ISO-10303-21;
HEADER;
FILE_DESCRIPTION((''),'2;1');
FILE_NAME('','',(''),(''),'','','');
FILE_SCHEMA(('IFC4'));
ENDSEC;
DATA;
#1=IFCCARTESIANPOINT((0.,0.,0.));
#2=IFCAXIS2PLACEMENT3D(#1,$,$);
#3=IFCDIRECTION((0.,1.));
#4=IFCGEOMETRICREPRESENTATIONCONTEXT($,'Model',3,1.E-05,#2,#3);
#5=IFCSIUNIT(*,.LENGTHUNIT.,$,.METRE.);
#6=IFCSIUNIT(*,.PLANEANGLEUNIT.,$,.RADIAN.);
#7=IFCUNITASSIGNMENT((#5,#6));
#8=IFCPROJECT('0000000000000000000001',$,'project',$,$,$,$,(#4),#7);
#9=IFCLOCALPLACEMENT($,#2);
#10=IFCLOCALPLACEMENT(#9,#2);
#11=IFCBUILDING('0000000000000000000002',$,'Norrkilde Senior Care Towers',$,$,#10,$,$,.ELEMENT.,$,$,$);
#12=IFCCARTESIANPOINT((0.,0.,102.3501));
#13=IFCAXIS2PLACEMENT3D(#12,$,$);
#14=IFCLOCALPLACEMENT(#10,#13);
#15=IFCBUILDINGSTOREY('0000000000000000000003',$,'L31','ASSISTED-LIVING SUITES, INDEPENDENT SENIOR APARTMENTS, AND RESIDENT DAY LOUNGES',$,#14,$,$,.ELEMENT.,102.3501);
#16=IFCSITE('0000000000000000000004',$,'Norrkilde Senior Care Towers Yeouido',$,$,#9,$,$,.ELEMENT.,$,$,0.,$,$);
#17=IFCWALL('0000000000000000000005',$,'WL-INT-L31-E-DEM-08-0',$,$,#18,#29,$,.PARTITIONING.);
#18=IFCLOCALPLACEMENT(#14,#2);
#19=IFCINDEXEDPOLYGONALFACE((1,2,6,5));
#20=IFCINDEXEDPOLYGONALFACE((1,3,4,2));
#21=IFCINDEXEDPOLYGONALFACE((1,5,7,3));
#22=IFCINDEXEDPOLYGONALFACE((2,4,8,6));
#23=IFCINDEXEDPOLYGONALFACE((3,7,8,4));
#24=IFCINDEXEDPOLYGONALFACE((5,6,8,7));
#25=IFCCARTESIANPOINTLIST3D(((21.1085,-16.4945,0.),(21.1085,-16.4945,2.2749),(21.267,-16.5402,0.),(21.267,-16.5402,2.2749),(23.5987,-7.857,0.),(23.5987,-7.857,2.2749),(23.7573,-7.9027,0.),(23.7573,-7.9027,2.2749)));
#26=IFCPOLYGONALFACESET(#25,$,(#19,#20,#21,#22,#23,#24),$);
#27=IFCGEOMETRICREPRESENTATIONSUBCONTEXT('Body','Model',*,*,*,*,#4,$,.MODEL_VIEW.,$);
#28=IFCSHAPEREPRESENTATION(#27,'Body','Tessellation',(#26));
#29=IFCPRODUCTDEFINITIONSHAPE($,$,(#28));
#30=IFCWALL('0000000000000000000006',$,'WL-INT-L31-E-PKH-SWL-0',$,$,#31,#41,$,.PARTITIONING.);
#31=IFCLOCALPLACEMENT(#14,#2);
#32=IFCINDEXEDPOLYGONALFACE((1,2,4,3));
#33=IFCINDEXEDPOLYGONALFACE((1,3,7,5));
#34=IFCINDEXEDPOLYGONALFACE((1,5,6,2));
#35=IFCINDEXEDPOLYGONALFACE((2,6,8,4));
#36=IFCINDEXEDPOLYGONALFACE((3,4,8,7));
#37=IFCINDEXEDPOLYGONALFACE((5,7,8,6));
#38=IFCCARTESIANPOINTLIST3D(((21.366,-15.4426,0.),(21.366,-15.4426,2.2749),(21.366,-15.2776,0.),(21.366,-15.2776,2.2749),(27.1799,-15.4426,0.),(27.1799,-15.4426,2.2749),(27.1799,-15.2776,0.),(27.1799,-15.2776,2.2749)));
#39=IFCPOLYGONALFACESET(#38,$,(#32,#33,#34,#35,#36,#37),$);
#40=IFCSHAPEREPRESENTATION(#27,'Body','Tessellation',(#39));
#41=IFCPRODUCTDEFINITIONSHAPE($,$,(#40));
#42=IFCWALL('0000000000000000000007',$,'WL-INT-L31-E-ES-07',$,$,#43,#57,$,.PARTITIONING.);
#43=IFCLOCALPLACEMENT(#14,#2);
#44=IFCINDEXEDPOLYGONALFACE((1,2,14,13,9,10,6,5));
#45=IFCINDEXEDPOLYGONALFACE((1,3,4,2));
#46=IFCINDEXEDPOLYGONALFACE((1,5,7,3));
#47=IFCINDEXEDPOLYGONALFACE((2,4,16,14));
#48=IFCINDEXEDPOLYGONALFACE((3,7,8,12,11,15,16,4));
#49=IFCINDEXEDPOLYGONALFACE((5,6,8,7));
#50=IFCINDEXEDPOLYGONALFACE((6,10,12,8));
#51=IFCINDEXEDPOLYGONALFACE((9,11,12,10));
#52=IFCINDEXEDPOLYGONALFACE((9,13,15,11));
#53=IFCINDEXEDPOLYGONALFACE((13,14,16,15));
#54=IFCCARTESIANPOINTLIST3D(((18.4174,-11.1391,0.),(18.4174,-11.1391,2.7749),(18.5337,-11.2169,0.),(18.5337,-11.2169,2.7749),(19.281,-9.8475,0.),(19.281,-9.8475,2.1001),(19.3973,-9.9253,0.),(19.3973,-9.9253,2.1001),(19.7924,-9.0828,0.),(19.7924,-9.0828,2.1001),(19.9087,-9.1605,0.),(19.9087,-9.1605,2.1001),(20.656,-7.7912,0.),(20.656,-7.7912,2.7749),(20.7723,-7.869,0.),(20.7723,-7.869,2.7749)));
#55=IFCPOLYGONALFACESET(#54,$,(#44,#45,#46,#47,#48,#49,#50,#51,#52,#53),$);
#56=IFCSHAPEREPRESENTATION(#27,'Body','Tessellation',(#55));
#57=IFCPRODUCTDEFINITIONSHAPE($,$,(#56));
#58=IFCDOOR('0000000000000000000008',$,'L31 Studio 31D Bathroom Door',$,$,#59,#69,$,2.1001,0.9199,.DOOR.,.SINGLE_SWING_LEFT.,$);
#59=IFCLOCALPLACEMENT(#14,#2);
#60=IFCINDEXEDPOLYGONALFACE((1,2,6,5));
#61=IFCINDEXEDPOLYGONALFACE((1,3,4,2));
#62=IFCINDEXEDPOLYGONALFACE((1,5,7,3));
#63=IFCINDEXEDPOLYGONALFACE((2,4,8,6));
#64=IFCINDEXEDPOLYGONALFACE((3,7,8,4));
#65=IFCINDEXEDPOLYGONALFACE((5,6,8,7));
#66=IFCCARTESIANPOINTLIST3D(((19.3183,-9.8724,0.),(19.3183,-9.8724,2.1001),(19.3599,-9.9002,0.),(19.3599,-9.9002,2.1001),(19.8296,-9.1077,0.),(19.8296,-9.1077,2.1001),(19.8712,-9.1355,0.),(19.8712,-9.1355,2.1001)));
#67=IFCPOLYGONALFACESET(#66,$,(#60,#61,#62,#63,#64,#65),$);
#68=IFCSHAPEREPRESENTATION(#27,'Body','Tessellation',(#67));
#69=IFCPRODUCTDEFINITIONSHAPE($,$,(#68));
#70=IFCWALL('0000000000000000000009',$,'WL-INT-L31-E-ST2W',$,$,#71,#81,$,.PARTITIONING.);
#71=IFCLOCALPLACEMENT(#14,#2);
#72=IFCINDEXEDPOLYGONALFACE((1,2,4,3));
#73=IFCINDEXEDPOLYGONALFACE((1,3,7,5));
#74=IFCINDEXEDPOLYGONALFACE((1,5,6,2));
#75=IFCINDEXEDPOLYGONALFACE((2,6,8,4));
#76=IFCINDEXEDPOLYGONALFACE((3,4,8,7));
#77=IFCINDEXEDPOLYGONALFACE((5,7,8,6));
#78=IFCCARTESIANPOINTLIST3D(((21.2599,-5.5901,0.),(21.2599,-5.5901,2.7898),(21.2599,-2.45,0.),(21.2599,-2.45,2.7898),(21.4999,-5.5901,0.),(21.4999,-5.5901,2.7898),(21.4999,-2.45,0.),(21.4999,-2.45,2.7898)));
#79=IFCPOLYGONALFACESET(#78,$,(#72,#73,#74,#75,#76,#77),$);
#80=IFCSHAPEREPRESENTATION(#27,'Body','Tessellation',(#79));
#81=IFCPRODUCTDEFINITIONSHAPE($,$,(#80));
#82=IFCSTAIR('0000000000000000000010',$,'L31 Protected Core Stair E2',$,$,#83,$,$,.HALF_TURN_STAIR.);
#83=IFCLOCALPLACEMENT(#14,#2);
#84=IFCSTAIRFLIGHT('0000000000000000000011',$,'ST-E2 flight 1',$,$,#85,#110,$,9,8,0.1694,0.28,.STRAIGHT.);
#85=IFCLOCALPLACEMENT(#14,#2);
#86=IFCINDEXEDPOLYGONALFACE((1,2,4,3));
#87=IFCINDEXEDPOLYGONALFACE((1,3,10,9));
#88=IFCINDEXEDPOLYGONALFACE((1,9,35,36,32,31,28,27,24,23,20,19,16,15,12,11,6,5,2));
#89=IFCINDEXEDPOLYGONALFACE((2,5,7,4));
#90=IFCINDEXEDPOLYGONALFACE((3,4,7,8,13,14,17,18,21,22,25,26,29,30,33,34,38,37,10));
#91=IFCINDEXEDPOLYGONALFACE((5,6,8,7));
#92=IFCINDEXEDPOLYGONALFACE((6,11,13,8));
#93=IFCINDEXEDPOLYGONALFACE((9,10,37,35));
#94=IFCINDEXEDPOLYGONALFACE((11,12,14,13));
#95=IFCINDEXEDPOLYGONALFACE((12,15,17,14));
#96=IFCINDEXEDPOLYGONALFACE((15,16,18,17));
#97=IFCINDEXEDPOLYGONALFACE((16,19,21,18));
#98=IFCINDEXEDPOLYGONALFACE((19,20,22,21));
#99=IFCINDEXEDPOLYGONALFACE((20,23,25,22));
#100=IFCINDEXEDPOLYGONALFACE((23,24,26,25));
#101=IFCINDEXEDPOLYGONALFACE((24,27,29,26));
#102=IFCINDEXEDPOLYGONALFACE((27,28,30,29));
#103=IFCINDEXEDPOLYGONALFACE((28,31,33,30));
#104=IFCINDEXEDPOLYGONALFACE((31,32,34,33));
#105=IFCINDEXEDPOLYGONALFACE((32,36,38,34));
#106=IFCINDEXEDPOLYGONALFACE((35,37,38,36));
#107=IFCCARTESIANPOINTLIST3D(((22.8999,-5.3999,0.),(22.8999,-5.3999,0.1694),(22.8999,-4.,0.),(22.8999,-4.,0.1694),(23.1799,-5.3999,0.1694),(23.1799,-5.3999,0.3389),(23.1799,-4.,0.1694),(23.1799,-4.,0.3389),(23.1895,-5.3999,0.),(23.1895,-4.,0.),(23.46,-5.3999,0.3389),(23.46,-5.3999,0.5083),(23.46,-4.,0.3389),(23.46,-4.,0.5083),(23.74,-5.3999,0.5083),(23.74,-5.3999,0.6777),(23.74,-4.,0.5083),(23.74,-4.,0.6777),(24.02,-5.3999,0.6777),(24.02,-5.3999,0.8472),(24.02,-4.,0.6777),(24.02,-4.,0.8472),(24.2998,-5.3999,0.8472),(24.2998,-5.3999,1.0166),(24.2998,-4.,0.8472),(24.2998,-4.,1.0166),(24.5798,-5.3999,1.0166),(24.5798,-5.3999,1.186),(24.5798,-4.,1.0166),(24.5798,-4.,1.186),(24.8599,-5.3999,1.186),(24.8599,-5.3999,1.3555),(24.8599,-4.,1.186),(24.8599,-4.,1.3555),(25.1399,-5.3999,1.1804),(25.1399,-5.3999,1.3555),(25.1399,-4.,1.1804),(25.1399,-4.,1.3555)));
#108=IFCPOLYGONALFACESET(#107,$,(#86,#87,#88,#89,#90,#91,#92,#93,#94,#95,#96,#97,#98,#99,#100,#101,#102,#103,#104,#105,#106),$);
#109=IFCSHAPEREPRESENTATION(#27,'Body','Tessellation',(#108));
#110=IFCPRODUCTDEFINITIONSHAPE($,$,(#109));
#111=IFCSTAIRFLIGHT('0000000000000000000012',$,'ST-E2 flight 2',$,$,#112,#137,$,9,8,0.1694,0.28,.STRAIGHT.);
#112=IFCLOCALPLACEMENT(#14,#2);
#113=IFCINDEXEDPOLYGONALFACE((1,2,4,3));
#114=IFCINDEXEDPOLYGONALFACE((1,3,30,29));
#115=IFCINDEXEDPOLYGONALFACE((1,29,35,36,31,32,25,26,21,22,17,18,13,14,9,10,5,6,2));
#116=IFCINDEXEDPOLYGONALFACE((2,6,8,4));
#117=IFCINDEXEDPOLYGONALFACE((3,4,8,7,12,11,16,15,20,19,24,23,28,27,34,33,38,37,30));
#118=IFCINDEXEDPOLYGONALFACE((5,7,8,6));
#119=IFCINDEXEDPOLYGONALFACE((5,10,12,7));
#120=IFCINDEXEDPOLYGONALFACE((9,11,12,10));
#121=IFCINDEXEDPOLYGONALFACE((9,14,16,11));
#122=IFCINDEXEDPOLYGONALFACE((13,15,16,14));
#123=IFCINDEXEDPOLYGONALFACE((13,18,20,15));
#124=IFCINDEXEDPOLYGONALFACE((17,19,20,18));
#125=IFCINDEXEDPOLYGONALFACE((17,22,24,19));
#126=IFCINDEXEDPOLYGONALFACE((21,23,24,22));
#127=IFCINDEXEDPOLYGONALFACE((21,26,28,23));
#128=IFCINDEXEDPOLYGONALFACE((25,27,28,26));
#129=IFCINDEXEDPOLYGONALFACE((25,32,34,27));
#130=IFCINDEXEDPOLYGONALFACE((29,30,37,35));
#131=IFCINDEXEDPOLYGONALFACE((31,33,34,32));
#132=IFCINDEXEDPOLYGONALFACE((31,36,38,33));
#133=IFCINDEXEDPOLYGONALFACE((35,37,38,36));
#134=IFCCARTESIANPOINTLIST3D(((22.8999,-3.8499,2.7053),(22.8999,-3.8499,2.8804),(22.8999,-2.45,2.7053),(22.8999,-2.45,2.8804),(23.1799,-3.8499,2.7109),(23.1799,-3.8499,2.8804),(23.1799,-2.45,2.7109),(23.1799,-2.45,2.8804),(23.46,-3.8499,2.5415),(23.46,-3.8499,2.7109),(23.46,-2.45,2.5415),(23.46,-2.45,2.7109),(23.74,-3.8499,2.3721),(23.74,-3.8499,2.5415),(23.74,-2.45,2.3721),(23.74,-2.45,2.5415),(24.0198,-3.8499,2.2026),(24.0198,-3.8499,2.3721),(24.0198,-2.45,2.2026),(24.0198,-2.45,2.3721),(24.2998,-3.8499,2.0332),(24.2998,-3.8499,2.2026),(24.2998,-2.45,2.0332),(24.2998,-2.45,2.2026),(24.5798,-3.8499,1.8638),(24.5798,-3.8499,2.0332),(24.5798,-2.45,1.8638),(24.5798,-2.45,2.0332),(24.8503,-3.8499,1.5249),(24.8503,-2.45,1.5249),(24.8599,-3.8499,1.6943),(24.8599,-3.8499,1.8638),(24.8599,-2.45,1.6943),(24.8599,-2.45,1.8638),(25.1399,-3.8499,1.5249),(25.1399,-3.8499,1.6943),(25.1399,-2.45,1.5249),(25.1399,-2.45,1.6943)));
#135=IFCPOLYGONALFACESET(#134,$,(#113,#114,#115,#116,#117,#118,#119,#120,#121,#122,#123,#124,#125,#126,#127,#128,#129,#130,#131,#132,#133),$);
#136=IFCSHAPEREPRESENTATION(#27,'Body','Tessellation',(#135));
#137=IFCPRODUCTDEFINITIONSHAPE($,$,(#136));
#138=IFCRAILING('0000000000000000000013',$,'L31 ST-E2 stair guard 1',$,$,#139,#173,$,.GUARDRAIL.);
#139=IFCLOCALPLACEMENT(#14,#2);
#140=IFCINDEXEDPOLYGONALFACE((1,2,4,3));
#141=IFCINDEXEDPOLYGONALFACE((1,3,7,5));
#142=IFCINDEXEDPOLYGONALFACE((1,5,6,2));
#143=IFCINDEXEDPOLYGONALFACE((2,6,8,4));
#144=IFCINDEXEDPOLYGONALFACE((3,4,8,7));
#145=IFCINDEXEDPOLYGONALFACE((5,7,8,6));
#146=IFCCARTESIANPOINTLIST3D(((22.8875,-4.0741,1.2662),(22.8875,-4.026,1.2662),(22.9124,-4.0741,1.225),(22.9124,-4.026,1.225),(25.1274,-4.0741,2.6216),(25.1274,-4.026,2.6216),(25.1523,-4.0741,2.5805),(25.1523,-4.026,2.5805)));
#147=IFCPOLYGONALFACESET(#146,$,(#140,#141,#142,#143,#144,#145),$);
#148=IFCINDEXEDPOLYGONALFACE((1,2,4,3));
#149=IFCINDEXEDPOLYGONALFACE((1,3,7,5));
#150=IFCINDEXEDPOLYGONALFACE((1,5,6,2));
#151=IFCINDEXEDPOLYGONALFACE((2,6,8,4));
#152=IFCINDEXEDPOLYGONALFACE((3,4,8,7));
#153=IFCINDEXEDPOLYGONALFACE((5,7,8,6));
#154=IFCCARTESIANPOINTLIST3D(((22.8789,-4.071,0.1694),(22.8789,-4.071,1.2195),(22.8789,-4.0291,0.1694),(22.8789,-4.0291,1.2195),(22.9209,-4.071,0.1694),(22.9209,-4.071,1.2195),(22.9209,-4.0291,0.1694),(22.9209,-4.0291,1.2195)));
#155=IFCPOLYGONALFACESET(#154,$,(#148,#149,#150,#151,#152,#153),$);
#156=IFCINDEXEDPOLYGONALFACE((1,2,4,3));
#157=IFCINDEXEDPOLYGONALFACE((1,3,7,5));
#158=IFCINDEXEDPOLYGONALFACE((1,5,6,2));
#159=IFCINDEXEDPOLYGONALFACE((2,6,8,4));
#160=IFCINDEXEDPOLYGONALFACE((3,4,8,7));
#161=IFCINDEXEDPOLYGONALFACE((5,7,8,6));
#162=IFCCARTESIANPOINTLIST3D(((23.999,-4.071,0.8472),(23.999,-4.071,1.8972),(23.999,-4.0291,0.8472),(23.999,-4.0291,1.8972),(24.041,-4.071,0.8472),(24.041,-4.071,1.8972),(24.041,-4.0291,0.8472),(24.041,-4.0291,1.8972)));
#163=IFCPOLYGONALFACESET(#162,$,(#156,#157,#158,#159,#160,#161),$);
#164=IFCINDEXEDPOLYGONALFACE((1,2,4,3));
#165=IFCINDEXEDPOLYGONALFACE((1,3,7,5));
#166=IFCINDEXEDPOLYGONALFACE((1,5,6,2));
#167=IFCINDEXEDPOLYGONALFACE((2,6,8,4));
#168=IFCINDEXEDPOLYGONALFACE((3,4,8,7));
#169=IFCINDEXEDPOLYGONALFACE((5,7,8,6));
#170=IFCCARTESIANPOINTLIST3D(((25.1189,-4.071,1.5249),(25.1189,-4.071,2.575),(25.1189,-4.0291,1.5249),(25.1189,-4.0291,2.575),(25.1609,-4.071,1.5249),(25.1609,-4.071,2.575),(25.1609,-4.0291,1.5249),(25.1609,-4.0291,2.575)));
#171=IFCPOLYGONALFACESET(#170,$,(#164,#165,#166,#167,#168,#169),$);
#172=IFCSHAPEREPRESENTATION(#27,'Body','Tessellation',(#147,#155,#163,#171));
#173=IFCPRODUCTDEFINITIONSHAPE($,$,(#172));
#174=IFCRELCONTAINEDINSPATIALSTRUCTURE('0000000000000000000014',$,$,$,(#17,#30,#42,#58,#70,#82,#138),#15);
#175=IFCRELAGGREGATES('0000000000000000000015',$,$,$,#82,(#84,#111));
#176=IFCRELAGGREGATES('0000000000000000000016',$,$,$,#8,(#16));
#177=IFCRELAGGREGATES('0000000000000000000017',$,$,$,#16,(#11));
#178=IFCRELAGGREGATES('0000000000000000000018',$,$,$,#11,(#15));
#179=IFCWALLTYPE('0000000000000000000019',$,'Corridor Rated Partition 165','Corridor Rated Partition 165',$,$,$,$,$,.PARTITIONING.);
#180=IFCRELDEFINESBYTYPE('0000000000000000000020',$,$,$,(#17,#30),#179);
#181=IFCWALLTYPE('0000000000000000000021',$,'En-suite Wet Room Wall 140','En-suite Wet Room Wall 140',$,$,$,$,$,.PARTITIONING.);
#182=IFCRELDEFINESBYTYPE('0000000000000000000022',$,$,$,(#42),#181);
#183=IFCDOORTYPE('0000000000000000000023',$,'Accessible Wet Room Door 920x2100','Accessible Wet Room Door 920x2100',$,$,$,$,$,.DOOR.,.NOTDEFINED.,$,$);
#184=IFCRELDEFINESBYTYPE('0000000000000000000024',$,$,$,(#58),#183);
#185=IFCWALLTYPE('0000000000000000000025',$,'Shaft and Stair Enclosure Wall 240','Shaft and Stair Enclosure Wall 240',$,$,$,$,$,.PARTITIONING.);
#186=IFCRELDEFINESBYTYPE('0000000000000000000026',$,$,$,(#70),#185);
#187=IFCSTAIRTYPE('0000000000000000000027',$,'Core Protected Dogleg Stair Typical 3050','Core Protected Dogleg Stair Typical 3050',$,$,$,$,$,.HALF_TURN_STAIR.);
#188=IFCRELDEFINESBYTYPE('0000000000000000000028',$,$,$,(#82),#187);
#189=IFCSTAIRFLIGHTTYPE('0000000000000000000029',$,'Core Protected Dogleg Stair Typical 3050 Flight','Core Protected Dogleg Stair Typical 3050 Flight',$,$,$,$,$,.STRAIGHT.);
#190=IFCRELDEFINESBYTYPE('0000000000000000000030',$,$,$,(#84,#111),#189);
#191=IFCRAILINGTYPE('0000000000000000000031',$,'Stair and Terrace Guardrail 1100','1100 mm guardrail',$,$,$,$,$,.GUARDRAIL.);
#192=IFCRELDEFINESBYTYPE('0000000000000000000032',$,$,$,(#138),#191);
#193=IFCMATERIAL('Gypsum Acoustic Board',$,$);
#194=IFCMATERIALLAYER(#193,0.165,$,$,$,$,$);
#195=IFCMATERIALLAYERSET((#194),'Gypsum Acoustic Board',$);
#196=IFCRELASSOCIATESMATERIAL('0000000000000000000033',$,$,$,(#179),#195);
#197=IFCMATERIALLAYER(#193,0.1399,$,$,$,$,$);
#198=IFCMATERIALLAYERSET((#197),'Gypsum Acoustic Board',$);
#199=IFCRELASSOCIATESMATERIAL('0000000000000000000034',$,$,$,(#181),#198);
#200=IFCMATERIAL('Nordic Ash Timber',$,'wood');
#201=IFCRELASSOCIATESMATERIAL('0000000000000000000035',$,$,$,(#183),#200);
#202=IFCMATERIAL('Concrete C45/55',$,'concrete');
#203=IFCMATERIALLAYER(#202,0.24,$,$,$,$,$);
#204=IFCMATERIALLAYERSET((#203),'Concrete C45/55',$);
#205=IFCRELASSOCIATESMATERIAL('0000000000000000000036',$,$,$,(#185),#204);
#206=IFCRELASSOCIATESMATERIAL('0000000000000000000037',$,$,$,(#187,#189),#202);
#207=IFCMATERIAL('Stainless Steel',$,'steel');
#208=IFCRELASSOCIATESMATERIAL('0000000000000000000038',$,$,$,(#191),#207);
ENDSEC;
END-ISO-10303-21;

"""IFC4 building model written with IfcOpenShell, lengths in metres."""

from ifc_helpers import new_model, si_unit, direction, frame, frame_2d, origin, origin_2d, place, context, subcontext, project, spatial, polyline, rectangle, outline, extrude, source, transform, mapped, material, layer, layer_set, type_object, type_shapes, element, fill, aggregate, save


model = new_model("IFC4")

# Units and contexts
model_context = context("Model", 3, precision=1e-05, world=origin(), true_north=direction((0.0, 1.0)))
body_context = subcontext(model_context, "Body", "Model", "MODEL_VIEW")
ifc_project = project(units=[si_unit("LENGTHUNIT", "METRE"), si_unit("PLANEANGLEUNIT", "RADIAN")], contexts=[model_context])

# Site, building, storey
site_placement = place(None, origin())
site = spatial("IfcSite", under=ifc_project, at=site_placement, Name="Norrkilde Senior Care Towers Yeouido", CompositionType="ELEMENT", RefElevation=0.0)
building_placement = place(site_placement, origin())
building = spatial("IfcBuilding", under=site, at=building_placement, Name="Norrkilde Senior Care Towers", CompositionType="ELEMENT")
storey_placement = place(building_placement, frame((0.0, 0.0, 102.3501)))
storey = spatial("IfcBuildingStorey", under=building, at=storey_placement, Name="L31", Description="ASSISTED-LIVING SUITES, INDEPENDENT SENIOR APARTMENTS, AND RESIDENT DAY LOUNGES", CompositionType="ELEMENT", Elevation=102.3501)

# Shared definitions
ifc_material_1 = material(Name="Concrete C45/55", Category="concrete")

# Walls
ifc_material_2 = material(Name="Gypsum Acoustic Board")
ifc_layer_1 = layer(ifc_material_2, 0.165)
ifc_layer_set_1 = layer_set([ifc_layer_1], Name="Gypsum Acoustic Board")
wall_type_1 = type_object("IfcWallType", Name="Corridor Rated Partition 165", Description="Corridor Rated Partition 165", PredefinedType="PARTITIONING", material=ifc_layer_set_1)
shared_shape_1 = source(origin(), body_context, "Body", "SweptSolid", [
    extrude(rectangle(XDim=8.9893, YDim=0.165, at=frame_2d((4.4946, 0.0))), origin(), (0.0, 0.0, 1.0), 2.2749),
])
wall_1_placement = place(storey_placement, frame((23.678, -7.8799, 0.0), z_axis=(0.0, 0.0, 1.0), x_axis=(-0.277023, -0.960863, 0.0)))
element("IfcWall", 1, at=wall_1_placement, inside=storey, type_object=wall_type_1, Name="WL-INT-L31-E-DEM-08-0", PredefinedType="PARTITIONING", context=body_context, shape_type="MappedRepresentation", body=[
    mapped(shared_shape_1, transform((0.0, 0.0, 0.0), x_axis=(1.0, 0.0, 0.0), y_axis=(0.0, 1.0, 0.0), z_axis=(0.0, 0.0, 1.0), scale=1.0)),
])
shared_shape_2 = source(origin(), body_context, "Body", "SweptSolid", [
    extrude(rectangle(XDim=5.814, YDim=0.165, at=frame_2d((2.907, 0.0))), origin(), (0.0, 0.0, 1.0), 2.2749),
])
type_shapes(wall_type_1, [shared_shape_1, shared_shape_2])
wall_2_placement = place(storey_placement, frame((21.366, -15.3601, 0.0), z_axis=(0.0, 0.0, 1.0), x_axis=(1.0, 0.0, 0.0)))
element("IfcWall", 2, at=wall_2_placement, inside=storey, type_object=wall_type_1, Name="WL-INT-L31-E-PKH-SWL-0", PredefinedType="PARTITIONING", context=body_context, shape_type="MappedRepresentation", body=[
    mapped(shared_shape_2, transform((0.0, 0.0, 0.0), x_axis=(1.0, 0.0, 0.0), y_axis=(0.0, 1.0, 0.0), z_axis=(0.0, 0.0, 1.0), scale=1.0)),
])

# Wall, opening, door
ifc_layer_2 = layer(ifc_material_2, 0.1399)
ifc_layer_set_2 = layer_set([ifc_layer_2], Name="Gypsum Acoustic Board")
wall_type_2 = type_object("IfcWallType", Name="En-suite Wet Room Wall 140", Description="En-suite Wet Room Wall 140", PredefinedType="PARTITIONING", material=ifc_layer_set_2)
shared_shape_3 = source(origin(), body_context, "Body", "SweptSolid", [
    extrude(rectangle(XDim=4.0273, YDim=0.1399, at=frame_2d((2.0137, 0.0))), origin(), (0.0, 0.0, 1.0), 2.7749),
])
type_shapes(wall_type_2, [shared_shape_3])
wall_3_placement = place(storey_placement, frame((20.7141, -7.8301, 0.0), z_axis=(0.0, 0.0, 1.0), x_axis=(-0.555833, -0.831294, 0.0)))
wall_3 = element("IfcWall", 3, at=wall_3_placement, inside=storey, type_object=wall_type_2, Name="WL-INT-L31-E-ES-07", PredefinedType="PARTITIONING", context=body_context, shape_type="MappedRepresentation", body=[
    mapped(shared_shape_3, transform((0.0, 0.0, 0.0), x_axis=(1.0, 0.0, 0.0), y_axis=(0.0, 1.0, 0.0), z_axis=(0.0, 0.0, 1.0), scale=1.0)),
])
opening_1_placement = place(wall_3_placement, frame((1.5537, 0.0, 0.0)))
opening_1 = element("IfcOpeningElement", 4, at=opening_1_placement, cuts=wall_3, PredefinedType="OPENING", context=body_context, shape_type="SweptSolid", body=[
    extrude(rectangle(XDim=0.9199, YDim=2.1001, at=frame_2d((0.46, 1.05))), frame((0.0, 0.0798, 0.0), z_axis=(0.0, -1.0, 0.0), x_axis=(1.0, 0.0, 0.0)), (0.0, 0.0, 1.0), 0.1599),
])
ifc_material_3 = material(Name="Nordic Ash Timber", Category="wood")
door_type_1 = type_object("IfcDoorType", Name="Accessible Wet Room Door 920x2100", Description="Accessible Wet Room Door 920x2100", OperationType="NOTDEFINED", PredefinedType="DOOR", material=ifc_material_3)
shared_shape_4 = source(origin(), body_context, "Body", "SweptSolid", [
    extrude(rectangle(XDim=0.9199, YDim=2.1001, at=frame_2d((0.46, 1.05))), frame((0.0, 0.0249, 0.0), z_axis=(0.0, -1.0, 0.0), x_axis=(1.0, 0.0, 0.0)), (0.0, 0.0, 1.0), 0.05),
])
type_shapes(door_type_1, [shared_shape_4])
door_1_placement = place(opening_1_placement, origin())
door_1 = element("IfcDoor", 5, at=door_1_placement, inside=storey, type_object=door_type_1, Name="L31 Studio 31D Bathroom Door", OperationType="SINGLE_SWING_LEFT", OverallHeight=2.1001, OverallWidth=0.9199, PredefinedType="DOOR", context=body_context, shape_type="MappedRepresentation", body=[
    mapped(shared_shape_4, transform((0.0, 0.0, 0.0), x_axis=(1.0, 0.0, 0.0), y_axis=(0.0, 1.0, 0.0), z_axis=(0.0, 0.0, 1.0), scale=1.0)),
])
fill(opening_1, door_1)
ifc_layer_3 = layer(ifc_material_1, 0.24)
ifc_layer_set_3 = layer_set([ifc_layer_3], Name="Concrete C45/55")
wall_type_3 = type_object("IfcWallType", Name="Shaft and Stair Enclosure Wall 240", Description="Shaft and Stair Enclosure Wall 240", PredefinedType="PARTITIONING", material=ifc_layer_set_3)

# Wall
shared_shape_5 = source(origin(), body_context, "Body", "SweptSolid", [
    extrude(rectangle(XDim=3.1401, YDim=0.24, at=frame_2d((1.5701, 0.0))), origin(), (0.0, 0.0, 1.0), 2.7898),
])
wall_4_placement = place(storey_placement, frame((21.3799, -5.5901, 0.0), z_axis=(0.0, 0.0, 1.0), x_axis=(0.0, 1.0, 0.0)))
element("IfcWall", 6, at=wall_4_placement, inside=storey, type_object=wall_type_3, Name="WL-INT-L31-E-ST2W", PredefinedType="PARTITIONING", context=body_context, shape_type="MappedRepresentation", body=[
    mapped(shared_shape_5, transform((0.0, 0.0, 0.0), x_axis=(1.0, 0.0, 0.0), y_axis=(0.0, 1.0, 0.0), z_axis=(0.0, 0.0, 1.0), scale=1.0)),
])

# Stair, stair flights
stair_type = type_object("IfcStairType", Name="Core Protected Dogleg Stair Typical 3050", Description="Core Protected Dogleg Stair Typical 3050", PredefinedType="HALF_TURN_STAIR", material=ifc_material_1)
stair_placement = place(storey_placement, origin())
stair = element("IfcStair", 7, at=stair_placement, inside=storey, type_object=stair_type, Name="L31 Protected Core Stair E2", PredefinedType="HALF_TURN_STAIR")
stair_flight_type = type_object("IfcStairFlightType", Name="Core Protected Dogleg Stair Typical 3050 Flight", Description="Core Protected Dogleg Stair Typical 3050 Flight", PredefinedType="STRAIGHT", material=ifc_material_1)
stair_flight_1_placement = place(storey_placement, frame((22.8999, -4.7, 0.0), z_axis=(0.0, 0.0, 1.0), x_axis=(1.0, 0.0, 0.0)))
stair_flight_1 = element("IfcStairFlight", 8, at=stair_flight_1_placement, type_object=stair_flight_type, Name="ST-E2 flight 1", NumberOfRisers=9, NumberOfTreads=8, PredefinedType="STRAIGHT", RiserHeight=0.1694, TreadLength=0.28, context=body_context, shape_type="SweptSolid", body=[
    extrude(outline(polyline([(0.0, 0.0), (0.0, 0.1694), (0.28, 0.1694), (0.28, 0.3389), (0.5601, 0.3389), (0.5601, 0.5083), (0.8401, 0.5083), (0.8401, 0.6777), (1.1201, 0.6777), (1.1201, 0.8472), (1.3999, 0.8472), (1.3999, 1.0166), (1.6799, 1.0166), (1.6799, 1.186), (1.96, 1.186), (1.96, 1.3555), (2.24, 1.3555), (2.24, 1.5249), (2.24, 1.1804), (0.2896, 0.0), (0.0, 0.0)])), frame((0.0, 0.7, 0.0), z_axis=(0.0, -1.0, 0.0), x_axis=(1.0, 0.0, 0.0)), (0.0, 0.0, 1.0), 1.3999),
])
stair_flight_2_placement = place(storey_placement, frame((25.1399, -3.1499, 1.5249), z_axis=(0.0, 0.0, 1.0), x_axis=(-1.0, 0.0, 0.0)))
stair_flight_2 = element("IfcStairFlight", 9, at=stair_flight_2_placement, type_object=stair_flight_type, Name="ST-E2 flight 2", NumberOfRisers=9, NumberOfTreads=8, PredefinedType="STRAIGHT", RiserHeight=0.1694, TreadLength=0.28, context=body_context, shape_type="SweptSolid", body=[
    extrude(outline(polyline([(0.0, 0.0), (0.0, 0.1694), (0.28, 0.1694), (0.28, 0.3389), (0.5601, 0.3389), (0.5601, 0.5083), (0.8401, 0.5083), (0.8401, 0.6777), (1.1201, 0.6777), (1.1201, 0.8472), (1.3999, 0.8472), (1.3999, 1.0166), (1.6799, 1.0166), (1.6799, 1.186), (1.96, 1.186), (1.96, 1.3555), (2.24, 1.3555), (2.24, 1.5249), (2.24, 1.1804), (0.2896, 0.0), (0.0, 0.0)])), frame((0.0, 0.7, 0.0), z_axis=(0.0, -1.0, 0.0), x_axis=(1.0, 0.0, 0.0)), (0.0, 0.0, 1.0), 1.3999),
])
aggregate(stair, [stair_flight_1, stair_flight_2])

# Railing
ifc_material_4 = material(Name="Stainless Steel", Category="steel")
railing_type_1 = type_object("IfcRailingType", Name="Stair and Terrace Guardrail 1100", Description="1100 mm guardrail", PredefinedType="GUARDRAIL", material=ifc_material_4)
railing_1_placement = place(storey_placement, frame((22.8999, -4.05, 0.1694)))
element("IfcRailing", 10, at=railing_1_placement, inside=storey, type_object=railing_type_1, Name="L31 ST-E2 stair guard 1", PredefinedType="GUARDRAIL", context=body_context, shape_type="SweptSolid", body=[
    extrude(rectangle(XDim=0.0481, YDim=0.0481, at=origin_2d()), frame((0.0, 0.0, 1.0762), z_axis=(0.855553, 0.0, 0.517715), x_axis=(0.0, 1.0, 0.0)), (0.0, 0.0, 1.0), 2.6182),
    extrude(rectangle(XDim=0.042, YDim=0.042, at=origin_2d()), origin(), (0.0, 0.0, 1.0), 1.05),
    extrude(rectangle(XDim=0.042, YDim=0.042, at=origin_2d()), frame((1.1201, 0.0, 0.6777)), (0.0, 0.0, 1.0), 1.05),
    extrude(rectangle(XDim=0.042, YDim=0.042, at=origin_2d()), frame((2.24, 0.0, 1.3555)), (0.0, 0.0, 1.0), 1.05),
])

save(model, "model.ifc")
